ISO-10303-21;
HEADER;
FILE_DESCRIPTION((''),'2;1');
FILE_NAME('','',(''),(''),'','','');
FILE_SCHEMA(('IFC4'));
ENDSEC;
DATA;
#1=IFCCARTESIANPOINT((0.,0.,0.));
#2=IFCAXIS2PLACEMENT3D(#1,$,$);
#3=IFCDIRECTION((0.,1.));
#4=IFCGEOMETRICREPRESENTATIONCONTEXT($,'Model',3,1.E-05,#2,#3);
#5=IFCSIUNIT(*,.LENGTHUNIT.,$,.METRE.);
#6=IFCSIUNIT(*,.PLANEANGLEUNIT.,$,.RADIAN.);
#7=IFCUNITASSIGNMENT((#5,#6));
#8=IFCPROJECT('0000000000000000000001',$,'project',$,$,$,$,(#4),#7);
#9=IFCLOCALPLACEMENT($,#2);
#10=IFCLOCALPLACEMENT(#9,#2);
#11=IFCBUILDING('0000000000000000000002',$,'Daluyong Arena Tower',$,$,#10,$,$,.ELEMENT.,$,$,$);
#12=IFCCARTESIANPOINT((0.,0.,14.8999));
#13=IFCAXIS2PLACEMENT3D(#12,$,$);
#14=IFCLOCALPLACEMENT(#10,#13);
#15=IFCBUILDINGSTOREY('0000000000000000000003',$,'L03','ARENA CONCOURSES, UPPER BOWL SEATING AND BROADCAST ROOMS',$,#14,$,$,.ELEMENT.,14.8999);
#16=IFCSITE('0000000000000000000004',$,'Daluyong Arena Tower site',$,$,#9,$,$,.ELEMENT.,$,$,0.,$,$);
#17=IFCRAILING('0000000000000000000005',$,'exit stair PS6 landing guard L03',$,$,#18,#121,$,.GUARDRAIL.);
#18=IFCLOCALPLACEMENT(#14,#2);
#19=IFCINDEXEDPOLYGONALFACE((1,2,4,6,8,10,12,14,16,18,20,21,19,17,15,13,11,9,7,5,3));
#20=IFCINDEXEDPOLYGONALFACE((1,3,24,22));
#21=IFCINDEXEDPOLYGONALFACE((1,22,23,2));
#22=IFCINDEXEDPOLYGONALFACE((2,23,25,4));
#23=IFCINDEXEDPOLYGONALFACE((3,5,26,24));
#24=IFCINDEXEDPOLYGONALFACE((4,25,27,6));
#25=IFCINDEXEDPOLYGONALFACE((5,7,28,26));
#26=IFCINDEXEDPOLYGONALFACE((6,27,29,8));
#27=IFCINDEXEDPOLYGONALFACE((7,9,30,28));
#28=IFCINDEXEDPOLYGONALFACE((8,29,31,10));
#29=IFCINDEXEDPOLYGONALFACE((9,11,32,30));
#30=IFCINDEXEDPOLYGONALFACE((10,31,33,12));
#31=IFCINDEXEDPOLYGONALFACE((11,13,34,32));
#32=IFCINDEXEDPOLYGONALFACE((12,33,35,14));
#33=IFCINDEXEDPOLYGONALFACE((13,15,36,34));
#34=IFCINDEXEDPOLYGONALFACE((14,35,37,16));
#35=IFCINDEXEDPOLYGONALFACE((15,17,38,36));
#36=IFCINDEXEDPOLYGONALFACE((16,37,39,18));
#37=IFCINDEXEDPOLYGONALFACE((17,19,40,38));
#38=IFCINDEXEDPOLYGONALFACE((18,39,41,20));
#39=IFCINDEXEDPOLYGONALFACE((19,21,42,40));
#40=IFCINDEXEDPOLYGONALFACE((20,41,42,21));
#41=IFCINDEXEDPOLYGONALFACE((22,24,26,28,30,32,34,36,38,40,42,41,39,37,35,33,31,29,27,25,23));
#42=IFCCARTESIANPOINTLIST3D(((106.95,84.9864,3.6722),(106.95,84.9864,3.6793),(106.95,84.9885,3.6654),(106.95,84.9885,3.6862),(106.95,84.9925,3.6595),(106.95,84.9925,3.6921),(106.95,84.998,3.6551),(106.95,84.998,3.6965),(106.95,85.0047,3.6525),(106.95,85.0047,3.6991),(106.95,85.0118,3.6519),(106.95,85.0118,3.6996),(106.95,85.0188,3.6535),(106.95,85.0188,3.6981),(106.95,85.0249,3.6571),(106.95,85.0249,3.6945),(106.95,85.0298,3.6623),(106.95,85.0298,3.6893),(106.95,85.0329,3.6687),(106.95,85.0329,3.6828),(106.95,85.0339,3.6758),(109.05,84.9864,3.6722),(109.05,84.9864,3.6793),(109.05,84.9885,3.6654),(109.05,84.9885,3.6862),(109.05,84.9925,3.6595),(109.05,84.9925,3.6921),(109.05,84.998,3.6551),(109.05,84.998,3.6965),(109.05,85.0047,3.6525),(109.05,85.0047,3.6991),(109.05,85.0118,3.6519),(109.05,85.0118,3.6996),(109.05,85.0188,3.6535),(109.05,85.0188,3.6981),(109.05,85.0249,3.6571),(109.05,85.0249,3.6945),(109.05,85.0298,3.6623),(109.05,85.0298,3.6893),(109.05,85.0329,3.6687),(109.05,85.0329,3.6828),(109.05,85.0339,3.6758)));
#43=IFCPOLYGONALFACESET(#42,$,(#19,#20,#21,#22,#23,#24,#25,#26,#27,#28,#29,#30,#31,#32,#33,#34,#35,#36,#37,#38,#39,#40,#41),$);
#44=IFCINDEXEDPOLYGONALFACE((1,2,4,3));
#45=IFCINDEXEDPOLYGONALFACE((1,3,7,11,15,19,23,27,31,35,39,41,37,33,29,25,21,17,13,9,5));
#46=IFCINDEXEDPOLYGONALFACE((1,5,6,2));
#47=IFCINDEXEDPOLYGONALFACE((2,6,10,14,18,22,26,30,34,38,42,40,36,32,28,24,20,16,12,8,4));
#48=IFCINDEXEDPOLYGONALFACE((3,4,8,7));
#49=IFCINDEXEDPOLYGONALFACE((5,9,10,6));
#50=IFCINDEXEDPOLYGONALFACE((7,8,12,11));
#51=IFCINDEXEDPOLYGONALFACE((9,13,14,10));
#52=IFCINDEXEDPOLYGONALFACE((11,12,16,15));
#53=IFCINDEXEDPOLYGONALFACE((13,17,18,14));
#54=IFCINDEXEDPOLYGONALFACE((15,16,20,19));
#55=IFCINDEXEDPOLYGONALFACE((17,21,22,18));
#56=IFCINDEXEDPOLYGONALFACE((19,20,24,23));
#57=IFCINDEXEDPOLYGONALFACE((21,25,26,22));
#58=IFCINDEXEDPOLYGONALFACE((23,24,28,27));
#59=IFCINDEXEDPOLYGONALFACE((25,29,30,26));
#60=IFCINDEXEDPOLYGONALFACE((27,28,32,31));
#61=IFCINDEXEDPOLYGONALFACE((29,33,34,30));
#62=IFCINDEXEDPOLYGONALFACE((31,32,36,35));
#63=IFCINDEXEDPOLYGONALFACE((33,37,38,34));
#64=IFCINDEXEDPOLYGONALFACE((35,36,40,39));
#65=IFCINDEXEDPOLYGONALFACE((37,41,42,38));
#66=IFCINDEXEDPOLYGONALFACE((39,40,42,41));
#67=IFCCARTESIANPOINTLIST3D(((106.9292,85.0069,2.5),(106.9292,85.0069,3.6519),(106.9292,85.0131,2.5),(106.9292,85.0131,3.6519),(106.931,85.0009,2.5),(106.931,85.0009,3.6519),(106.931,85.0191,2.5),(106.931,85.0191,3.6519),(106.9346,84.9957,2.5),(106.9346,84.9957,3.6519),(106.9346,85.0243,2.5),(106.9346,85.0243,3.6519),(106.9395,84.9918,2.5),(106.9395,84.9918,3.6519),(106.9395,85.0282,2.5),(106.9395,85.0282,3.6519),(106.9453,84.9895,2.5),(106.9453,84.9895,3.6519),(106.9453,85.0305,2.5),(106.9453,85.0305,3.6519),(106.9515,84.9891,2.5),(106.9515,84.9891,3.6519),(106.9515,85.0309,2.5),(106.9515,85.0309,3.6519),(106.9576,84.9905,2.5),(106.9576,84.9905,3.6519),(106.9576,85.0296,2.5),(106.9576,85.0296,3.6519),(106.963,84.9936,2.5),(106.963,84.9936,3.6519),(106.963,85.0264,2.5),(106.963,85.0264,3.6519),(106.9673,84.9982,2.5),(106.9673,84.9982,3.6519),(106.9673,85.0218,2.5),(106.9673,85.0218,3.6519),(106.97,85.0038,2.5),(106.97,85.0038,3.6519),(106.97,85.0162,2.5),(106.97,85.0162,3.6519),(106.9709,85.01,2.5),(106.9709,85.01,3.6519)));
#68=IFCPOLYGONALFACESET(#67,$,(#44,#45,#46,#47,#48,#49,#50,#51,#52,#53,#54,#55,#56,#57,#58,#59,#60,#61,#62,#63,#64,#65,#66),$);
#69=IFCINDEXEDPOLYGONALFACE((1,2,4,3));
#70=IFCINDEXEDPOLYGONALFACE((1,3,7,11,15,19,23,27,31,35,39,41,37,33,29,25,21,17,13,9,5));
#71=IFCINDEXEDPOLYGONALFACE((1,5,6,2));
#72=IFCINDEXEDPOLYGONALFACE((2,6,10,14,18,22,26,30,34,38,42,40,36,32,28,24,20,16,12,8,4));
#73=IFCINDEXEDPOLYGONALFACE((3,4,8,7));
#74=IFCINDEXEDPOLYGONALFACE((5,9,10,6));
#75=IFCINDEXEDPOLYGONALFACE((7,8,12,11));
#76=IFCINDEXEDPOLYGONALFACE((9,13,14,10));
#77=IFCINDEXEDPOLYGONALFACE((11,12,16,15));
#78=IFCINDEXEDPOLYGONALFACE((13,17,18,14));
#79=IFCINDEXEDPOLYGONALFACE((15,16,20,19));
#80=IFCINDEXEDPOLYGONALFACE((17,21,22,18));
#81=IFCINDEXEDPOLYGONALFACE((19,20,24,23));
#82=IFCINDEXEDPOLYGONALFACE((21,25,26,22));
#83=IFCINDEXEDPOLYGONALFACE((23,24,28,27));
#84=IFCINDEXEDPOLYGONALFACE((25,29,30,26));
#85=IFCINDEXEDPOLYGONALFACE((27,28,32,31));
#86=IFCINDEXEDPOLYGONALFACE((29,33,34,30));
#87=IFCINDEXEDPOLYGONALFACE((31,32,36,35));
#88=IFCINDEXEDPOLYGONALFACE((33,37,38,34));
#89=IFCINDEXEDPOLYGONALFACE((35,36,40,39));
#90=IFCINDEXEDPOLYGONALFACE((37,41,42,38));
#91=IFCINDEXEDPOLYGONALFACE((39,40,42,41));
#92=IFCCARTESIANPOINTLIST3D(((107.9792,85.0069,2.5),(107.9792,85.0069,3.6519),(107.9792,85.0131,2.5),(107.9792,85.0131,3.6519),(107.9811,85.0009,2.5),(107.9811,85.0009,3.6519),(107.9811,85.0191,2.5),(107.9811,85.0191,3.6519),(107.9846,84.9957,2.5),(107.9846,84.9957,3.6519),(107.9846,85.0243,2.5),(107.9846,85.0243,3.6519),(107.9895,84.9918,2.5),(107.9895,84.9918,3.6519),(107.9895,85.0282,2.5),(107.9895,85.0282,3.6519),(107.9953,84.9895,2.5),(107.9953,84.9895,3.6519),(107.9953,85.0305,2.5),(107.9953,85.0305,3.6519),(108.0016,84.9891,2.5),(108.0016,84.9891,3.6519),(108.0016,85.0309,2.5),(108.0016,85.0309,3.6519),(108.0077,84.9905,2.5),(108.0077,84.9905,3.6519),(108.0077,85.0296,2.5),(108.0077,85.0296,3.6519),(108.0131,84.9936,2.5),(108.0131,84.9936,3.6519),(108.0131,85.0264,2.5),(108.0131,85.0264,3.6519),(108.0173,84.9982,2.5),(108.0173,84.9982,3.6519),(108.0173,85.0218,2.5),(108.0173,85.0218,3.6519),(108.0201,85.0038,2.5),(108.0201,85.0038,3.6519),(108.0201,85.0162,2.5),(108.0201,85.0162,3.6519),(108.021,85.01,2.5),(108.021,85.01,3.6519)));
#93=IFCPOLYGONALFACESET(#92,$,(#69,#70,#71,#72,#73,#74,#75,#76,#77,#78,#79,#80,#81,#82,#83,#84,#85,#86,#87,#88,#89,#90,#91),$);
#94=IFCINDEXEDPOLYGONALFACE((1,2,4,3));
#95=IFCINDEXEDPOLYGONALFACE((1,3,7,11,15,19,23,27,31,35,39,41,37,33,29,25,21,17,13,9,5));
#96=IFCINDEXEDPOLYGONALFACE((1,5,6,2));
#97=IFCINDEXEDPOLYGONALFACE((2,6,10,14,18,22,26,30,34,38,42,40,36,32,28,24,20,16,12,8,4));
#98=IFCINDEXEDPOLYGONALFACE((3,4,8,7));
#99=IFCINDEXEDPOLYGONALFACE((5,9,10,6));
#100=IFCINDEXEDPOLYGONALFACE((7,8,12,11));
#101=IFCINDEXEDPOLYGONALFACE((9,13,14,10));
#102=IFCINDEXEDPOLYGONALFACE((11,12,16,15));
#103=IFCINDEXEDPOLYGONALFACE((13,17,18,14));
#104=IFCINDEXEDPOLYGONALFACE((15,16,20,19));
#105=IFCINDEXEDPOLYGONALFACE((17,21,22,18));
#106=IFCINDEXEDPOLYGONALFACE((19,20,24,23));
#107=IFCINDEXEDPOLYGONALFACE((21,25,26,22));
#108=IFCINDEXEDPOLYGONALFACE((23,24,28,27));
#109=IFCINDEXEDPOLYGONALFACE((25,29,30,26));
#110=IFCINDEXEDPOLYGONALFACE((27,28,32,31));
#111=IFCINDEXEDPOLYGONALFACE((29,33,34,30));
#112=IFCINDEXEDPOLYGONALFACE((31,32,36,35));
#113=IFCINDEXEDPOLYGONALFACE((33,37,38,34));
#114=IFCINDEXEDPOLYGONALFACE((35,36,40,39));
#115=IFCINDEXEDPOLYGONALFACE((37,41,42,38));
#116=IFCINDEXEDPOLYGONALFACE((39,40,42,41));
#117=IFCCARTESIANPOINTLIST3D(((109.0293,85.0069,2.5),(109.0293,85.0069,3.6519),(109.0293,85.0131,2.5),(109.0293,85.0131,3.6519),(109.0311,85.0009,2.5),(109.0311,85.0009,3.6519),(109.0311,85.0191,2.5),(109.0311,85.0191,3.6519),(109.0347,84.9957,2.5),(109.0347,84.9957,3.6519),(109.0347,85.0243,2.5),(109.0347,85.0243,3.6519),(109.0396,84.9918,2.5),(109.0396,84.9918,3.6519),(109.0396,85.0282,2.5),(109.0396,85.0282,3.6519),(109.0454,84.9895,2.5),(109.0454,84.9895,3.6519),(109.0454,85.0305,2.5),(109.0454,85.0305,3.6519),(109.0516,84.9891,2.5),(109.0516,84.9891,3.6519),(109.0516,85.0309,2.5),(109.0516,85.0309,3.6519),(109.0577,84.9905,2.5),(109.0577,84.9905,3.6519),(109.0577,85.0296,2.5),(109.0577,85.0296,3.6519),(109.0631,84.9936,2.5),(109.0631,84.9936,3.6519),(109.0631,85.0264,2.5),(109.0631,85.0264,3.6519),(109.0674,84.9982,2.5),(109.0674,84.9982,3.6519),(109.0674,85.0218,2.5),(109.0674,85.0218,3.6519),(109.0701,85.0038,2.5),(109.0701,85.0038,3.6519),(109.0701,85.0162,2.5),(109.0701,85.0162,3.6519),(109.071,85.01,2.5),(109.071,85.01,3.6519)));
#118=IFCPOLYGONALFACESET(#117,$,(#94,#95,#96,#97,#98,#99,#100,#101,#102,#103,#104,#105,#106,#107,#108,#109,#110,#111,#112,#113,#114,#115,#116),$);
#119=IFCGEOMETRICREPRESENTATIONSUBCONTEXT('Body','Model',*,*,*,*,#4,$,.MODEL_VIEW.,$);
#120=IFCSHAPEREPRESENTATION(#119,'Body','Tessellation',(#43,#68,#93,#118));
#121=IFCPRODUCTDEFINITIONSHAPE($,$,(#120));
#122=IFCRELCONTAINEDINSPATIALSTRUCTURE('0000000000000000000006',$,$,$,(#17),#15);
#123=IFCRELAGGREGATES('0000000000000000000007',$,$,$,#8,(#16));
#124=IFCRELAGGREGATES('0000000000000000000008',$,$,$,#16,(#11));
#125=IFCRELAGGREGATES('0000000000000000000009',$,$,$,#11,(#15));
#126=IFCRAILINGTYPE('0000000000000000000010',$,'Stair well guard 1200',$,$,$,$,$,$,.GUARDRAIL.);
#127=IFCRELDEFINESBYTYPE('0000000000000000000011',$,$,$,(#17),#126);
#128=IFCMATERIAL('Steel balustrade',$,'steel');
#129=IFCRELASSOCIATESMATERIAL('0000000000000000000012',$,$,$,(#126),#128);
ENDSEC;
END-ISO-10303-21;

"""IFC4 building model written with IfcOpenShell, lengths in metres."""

from ifc_helpers import new_model, si_unit, direction, frame, origin, origin_2d, place, context, subcontext, project, spatial, circle, extrude, material, type_object, element, save


model = new_model("IFC4")

# Units and contexts
model_context = context("Model", 3, precision=1e-05, world=origin(), true_north=direction((0.0, 1.0)))
body_context = subcontext(model_context, "Body", "Model", "MODEL_VIEW")
ifc_project = project(units=[si_unit("LENGTHUNIT", "METRE"), si_unit("PLANEANGLEUNIT", "RADIAN")], contexts=[model_context])

# Site, building, storey
site_placement = place(None, origin())
site = spatial("IfcSite", under=ifc_project, at=site_placement, Name="Daluyong Arena Tower site", CompositionType="ELEMENT", RefElevation=0.0)
building_placement = place(site_placement, origin())
building = spatial("IfcBuilding", under=site, at=building_placement, Name="Daluyong Arena Tower", CompositionType="ELEMENT")
storey_placement = place(building_placement, frame((0.0, 0.0, 14.8999)))
storey = spatial("IfcBuildingStorey", under=building, at=storey_placement, Name="L03", Description="ARENA CONCOURSES, UPPER BOWL SEATING AND BROADCAST ROOMS", CompositionType="ELEMENT", Elevation=14.8999)

# Railing
ifc_material_1 = material(Name="Steel balustrade", Category="steel")
railing_type_1 = type_object("IfcRailingType", Name="Stair well guard 1200", PredefinedType="GUARDRAIL", material=ifc_material_1)
railing_1_placement = place(storey_placement, frame((106.95, 85.01, 2.5)))
element("IfcRailing", 1, at=railing_1_placement, inside=storey, type_object=railing_type_1, Name="exit stair PS6 landing guard L03", PredefinedType="GUARDRAIL", context=body_context, shape_type="SweptSolid", body=[
    extrude(circle(Radius=0.0239, at=origin_2d()), frame((0.0, 0.0, 1.1758), z_axis=(1.0, 0.0, 0.0), x_axis=(0.0, 1.0, 0.0)), (0.0, 0.0, 1.0), 2.1001),
    extrude(circle(Radius=0.021, at=origin_2d()), origin(), (0.0, 0.0, 1.0), 1.1519),
    extrude(circle(Radius=0.021, at=origin_2d()), frame((1.05, 0.0, 0.0)), (0.0, 0.0, 1.0), 1.1519),
    extrude(circle(Radius=0.021, at=origin_2d()), frame((2.1001, 0.0, 0.0)), (0.0, 0.0, 1.0), 1.1519),
])

save(model, "model.ifc")
